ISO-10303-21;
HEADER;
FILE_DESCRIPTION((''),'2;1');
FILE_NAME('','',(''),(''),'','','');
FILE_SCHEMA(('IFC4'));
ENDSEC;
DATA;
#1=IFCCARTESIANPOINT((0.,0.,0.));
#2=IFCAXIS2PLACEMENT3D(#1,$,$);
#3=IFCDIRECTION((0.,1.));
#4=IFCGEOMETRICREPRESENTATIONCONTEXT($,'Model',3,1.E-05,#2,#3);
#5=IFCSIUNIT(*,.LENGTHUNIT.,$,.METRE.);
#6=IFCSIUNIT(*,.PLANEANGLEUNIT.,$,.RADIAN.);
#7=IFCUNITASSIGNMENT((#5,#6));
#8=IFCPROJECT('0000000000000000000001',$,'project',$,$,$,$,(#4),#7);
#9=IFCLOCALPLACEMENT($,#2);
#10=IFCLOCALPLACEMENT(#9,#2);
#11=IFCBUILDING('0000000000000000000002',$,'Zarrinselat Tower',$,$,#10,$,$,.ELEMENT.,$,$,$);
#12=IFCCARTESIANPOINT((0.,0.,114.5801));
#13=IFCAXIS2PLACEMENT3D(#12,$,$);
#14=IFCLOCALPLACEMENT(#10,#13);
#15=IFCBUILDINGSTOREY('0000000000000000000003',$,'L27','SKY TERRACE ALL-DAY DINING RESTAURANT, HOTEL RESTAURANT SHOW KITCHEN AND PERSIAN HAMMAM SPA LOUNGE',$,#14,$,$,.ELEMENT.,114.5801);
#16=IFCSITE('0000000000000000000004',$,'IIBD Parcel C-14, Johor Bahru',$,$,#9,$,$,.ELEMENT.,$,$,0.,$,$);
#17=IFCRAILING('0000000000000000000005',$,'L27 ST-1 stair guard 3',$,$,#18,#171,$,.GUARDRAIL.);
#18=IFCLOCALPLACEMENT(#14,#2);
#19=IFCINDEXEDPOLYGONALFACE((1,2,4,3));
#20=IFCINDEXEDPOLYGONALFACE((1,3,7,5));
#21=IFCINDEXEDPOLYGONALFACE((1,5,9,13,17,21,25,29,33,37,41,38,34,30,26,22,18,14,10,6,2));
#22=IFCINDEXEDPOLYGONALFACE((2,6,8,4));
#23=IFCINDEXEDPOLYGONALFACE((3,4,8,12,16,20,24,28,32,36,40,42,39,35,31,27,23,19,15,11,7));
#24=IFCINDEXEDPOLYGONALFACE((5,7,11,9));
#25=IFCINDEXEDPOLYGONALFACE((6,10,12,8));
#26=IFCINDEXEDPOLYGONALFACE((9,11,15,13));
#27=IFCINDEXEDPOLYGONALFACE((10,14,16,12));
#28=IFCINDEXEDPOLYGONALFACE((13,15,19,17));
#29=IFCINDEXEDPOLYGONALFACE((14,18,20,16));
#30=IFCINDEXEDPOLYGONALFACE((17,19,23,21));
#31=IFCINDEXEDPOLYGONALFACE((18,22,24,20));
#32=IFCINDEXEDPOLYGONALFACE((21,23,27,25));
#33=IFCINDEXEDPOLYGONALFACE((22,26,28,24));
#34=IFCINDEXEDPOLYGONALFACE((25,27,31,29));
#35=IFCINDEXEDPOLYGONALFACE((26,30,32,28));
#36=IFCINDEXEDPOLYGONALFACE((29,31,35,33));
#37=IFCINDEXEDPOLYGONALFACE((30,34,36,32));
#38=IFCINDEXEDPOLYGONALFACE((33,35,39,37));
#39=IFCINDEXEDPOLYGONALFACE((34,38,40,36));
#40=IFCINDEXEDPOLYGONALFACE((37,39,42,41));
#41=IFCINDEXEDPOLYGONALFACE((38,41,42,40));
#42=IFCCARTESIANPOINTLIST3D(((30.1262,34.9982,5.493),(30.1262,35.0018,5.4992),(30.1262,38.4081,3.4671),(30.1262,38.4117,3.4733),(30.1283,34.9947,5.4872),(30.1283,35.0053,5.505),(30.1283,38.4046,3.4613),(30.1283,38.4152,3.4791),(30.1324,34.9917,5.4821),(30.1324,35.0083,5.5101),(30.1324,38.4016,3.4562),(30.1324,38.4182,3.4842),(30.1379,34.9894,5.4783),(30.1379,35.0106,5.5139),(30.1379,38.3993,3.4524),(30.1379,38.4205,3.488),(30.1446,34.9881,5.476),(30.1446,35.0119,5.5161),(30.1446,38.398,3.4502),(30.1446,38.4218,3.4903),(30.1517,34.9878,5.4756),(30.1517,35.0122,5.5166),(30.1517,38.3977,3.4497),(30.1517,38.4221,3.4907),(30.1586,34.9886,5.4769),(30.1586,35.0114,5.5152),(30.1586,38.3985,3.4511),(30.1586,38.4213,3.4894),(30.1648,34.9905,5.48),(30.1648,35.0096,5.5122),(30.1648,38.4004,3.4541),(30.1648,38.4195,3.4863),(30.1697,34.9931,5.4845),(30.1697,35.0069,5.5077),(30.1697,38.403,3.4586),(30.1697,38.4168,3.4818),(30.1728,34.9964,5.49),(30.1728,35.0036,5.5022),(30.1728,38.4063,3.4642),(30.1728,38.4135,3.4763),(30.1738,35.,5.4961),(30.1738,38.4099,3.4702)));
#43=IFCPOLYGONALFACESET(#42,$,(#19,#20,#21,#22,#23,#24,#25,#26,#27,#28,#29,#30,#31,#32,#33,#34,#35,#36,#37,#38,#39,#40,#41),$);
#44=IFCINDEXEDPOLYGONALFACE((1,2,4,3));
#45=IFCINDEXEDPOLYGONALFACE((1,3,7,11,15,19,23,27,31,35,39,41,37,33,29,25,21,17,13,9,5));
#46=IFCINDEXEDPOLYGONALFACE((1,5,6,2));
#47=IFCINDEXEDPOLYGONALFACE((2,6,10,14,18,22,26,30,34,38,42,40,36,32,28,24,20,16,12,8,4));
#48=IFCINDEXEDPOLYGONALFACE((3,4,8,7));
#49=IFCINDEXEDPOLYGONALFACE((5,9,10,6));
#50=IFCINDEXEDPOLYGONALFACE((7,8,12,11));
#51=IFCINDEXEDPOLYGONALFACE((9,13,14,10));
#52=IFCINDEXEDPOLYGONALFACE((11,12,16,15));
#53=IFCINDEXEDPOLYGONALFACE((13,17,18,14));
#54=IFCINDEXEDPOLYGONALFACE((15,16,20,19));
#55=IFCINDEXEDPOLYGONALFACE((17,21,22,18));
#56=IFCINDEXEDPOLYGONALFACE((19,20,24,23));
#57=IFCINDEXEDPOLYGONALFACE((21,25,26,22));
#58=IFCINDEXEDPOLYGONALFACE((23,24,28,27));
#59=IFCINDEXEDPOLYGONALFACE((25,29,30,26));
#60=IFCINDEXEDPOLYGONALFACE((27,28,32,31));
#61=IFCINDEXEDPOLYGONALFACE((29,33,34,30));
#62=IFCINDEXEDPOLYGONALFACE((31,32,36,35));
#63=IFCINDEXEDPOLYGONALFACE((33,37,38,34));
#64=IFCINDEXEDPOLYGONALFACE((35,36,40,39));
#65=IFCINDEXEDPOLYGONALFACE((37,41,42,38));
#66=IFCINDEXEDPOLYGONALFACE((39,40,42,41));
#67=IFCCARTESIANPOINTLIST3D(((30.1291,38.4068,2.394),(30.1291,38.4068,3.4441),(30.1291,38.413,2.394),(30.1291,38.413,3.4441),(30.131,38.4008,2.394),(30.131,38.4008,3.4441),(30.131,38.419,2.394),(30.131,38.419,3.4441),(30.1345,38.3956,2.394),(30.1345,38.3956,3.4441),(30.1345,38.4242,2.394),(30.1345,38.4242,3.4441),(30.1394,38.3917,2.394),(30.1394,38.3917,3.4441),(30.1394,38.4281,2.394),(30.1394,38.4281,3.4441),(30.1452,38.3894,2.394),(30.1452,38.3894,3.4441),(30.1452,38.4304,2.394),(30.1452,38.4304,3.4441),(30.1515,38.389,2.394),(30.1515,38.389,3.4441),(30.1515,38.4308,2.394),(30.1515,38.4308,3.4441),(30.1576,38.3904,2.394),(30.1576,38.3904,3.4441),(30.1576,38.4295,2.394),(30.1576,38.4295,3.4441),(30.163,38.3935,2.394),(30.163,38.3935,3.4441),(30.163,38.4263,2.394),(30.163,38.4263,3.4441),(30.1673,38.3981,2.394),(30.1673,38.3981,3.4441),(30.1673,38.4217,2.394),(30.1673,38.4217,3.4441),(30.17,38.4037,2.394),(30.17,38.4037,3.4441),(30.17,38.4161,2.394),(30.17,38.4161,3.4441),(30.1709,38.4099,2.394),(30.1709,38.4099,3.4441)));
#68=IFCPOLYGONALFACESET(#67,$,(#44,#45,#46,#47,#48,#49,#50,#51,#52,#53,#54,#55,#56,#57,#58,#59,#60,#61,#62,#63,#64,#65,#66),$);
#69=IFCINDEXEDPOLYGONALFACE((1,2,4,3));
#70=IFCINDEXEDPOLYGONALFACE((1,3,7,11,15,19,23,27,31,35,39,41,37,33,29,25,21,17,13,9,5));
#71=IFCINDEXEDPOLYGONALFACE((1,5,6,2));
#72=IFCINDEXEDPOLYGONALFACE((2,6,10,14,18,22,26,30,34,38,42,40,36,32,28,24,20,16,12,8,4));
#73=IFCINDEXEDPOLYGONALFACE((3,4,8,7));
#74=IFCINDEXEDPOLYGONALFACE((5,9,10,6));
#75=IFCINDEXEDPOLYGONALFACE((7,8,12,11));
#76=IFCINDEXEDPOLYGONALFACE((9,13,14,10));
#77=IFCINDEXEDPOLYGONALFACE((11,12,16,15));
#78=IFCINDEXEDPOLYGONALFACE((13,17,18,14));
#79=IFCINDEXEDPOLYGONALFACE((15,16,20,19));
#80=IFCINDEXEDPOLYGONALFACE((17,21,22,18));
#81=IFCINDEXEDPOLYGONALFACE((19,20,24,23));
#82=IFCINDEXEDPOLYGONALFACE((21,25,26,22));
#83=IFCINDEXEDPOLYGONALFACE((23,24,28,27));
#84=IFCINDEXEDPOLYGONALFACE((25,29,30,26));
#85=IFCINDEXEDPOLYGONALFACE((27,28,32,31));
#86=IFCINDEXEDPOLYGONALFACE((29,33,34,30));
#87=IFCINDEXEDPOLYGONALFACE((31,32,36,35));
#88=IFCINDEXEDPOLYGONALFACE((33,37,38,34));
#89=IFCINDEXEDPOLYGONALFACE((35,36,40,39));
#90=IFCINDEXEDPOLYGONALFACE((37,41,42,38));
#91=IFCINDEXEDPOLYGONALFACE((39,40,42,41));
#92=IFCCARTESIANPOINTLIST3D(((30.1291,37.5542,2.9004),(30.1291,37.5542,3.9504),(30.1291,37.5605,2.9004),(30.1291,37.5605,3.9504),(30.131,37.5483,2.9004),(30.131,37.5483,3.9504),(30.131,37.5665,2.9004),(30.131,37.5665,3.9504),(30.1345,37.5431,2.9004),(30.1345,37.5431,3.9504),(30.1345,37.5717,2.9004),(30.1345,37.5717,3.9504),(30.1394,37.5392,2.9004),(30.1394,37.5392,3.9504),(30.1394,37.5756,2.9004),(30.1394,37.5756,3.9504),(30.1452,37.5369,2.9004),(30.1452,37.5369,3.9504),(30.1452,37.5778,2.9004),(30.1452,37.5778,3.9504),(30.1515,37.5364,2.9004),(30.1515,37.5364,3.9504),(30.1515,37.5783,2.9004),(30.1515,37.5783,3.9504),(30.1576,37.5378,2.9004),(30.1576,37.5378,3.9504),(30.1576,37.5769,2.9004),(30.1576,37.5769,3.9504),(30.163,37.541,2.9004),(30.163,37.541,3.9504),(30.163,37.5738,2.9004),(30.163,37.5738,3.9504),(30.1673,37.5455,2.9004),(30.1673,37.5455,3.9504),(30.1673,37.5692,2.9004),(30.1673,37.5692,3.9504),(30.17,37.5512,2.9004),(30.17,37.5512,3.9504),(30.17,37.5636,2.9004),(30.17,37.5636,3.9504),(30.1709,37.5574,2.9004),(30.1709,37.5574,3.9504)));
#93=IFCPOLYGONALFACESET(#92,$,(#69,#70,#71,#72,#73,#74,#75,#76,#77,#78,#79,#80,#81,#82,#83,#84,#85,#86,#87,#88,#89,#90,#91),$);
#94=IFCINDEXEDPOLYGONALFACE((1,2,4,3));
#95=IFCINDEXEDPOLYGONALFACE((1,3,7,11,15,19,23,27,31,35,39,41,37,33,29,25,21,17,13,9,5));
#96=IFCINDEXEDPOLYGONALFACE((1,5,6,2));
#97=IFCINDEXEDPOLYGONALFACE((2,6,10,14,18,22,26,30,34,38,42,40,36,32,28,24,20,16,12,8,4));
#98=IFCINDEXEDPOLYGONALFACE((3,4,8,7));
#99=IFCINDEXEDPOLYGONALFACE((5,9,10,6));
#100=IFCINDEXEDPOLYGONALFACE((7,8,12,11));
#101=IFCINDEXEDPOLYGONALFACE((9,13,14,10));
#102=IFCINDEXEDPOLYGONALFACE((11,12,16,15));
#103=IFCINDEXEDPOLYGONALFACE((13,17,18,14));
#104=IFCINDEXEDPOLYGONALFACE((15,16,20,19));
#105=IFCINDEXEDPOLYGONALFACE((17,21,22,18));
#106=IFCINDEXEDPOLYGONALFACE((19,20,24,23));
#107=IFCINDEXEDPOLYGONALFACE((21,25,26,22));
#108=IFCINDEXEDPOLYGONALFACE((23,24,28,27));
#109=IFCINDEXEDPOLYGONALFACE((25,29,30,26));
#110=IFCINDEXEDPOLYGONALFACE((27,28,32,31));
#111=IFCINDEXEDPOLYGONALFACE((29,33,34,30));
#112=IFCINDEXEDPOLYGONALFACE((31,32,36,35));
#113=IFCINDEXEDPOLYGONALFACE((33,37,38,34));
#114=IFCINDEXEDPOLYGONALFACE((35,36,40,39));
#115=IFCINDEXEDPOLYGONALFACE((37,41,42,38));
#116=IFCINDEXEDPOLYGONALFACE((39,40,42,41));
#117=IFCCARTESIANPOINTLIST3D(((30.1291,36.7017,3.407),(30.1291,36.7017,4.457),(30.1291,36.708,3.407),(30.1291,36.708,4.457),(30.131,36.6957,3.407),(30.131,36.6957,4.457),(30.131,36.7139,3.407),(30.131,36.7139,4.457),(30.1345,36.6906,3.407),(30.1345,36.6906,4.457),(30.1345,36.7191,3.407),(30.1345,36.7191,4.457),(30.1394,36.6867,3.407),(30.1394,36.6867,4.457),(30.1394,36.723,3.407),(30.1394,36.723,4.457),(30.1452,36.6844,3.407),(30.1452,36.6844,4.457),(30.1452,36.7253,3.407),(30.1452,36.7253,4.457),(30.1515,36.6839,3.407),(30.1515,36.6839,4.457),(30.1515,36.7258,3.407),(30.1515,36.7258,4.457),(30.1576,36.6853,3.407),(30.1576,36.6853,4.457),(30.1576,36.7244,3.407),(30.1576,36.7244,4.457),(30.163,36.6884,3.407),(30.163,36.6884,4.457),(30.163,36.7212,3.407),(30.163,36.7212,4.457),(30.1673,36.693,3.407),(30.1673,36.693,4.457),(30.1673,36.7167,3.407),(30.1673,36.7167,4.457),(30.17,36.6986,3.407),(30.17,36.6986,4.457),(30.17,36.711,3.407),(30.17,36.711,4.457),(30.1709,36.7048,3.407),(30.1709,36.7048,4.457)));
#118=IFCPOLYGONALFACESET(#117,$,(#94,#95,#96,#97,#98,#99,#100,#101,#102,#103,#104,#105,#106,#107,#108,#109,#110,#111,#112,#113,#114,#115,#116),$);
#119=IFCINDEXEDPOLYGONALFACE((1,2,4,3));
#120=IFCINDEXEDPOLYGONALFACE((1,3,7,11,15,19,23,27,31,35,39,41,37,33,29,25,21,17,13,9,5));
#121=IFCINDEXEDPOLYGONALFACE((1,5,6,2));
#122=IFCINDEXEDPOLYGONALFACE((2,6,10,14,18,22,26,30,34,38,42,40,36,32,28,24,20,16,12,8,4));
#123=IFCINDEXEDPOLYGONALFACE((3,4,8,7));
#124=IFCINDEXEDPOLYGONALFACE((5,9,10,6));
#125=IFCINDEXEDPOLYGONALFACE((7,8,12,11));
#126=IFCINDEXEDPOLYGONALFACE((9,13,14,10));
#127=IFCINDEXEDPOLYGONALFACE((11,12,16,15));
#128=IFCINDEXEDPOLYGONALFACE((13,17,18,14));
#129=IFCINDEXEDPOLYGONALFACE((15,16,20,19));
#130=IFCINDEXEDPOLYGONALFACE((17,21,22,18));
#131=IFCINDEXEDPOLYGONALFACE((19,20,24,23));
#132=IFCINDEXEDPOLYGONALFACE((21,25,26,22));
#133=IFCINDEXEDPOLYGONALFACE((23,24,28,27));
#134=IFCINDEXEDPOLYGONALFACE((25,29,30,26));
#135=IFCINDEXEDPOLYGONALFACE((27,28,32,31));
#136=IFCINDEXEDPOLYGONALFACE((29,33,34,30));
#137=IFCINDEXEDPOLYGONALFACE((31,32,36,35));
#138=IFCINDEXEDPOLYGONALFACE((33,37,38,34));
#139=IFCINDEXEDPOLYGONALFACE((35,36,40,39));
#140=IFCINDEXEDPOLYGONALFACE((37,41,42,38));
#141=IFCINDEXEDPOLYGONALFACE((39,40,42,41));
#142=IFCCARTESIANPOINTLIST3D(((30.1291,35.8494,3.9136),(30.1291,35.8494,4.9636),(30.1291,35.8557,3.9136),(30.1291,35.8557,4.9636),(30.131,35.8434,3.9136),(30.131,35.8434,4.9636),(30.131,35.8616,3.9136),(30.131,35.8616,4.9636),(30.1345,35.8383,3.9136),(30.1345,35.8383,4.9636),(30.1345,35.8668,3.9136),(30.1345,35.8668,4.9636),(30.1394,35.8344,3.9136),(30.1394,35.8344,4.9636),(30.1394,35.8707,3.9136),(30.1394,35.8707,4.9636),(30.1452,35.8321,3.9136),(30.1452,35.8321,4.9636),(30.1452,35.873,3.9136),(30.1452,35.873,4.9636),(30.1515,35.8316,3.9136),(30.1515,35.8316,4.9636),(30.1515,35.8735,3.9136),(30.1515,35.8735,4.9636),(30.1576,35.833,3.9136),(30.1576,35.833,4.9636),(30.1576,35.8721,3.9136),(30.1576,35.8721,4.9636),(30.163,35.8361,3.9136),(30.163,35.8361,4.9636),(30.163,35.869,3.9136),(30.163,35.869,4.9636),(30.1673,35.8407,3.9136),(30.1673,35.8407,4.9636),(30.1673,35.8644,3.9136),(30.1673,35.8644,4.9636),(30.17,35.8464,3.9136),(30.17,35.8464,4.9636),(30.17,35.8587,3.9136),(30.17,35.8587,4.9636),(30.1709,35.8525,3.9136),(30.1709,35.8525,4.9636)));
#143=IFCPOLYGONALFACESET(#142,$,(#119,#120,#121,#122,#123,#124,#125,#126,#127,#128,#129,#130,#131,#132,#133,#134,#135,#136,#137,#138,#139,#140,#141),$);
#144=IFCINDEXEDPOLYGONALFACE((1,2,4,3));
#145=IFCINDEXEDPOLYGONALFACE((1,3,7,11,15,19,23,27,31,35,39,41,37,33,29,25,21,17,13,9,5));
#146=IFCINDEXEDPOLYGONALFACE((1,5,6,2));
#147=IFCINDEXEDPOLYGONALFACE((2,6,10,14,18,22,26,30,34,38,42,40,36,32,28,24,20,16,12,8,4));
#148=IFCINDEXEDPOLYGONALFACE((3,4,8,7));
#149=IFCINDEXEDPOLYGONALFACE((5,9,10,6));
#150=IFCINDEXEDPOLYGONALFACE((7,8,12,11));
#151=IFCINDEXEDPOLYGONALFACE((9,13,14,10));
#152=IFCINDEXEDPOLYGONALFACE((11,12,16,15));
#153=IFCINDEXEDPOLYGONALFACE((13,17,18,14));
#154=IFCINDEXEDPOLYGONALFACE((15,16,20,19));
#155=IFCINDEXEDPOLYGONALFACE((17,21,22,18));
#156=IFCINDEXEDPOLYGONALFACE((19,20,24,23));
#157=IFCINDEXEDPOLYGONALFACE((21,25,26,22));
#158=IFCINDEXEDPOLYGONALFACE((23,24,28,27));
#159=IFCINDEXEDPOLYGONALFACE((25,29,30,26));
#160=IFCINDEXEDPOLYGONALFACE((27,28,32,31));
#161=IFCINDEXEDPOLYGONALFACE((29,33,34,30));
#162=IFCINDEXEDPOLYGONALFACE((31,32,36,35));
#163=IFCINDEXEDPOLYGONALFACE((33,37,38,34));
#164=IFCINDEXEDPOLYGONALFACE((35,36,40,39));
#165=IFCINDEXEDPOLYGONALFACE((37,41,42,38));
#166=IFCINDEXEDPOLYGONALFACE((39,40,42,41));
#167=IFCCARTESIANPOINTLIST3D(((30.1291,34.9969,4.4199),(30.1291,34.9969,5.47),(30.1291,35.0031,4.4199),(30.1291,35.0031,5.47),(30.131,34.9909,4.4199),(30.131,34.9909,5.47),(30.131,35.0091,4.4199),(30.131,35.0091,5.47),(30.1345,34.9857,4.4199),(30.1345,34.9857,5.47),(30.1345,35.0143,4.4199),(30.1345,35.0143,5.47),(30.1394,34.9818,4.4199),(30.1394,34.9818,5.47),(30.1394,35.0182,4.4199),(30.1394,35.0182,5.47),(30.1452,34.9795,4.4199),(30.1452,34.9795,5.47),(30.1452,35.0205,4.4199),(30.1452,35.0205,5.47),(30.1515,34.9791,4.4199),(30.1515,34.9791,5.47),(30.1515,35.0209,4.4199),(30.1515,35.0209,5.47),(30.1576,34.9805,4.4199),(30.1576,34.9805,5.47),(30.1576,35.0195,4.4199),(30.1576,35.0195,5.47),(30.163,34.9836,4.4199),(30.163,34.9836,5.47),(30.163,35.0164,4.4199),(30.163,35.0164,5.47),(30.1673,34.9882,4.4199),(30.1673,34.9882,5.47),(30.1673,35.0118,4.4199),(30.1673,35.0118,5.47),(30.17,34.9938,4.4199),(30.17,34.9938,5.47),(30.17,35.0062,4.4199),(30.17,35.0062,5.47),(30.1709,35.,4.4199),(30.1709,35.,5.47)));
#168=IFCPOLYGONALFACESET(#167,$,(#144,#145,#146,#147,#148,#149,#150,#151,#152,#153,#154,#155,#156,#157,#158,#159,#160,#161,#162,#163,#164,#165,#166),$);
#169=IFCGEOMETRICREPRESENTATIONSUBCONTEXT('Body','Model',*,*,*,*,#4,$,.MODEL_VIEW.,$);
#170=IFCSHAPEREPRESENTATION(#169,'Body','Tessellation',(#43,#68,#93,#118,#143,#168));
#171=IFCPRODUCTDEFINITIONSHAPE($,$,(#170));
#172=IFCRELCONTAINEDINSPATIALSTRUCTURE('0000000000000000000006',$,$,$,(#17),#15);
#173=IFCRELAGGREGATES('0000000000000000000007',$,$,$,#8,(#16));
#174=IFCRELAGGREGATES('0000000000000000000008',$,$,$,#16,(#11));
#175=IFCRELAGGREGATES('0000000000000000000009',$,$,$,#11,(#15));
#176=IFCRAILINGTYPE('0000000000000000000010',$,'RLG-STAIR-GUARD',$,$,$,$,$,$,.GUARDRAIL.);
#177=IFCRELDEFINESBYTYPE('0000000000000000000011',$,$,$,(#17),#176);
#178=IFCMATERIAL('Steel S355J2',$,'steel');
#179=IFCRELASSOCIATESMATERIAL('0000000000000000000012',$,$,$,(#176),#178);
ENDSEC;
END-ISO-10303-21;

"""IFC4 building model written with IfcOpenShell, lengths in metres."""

from ifc_helpers import new_model, si_unit, direction, frame, origin, origin_2d, place, context, subcontext, project, spatial, circle, extrude, material, type_object, element, save


model = new_model("IFC4")

# Units and contexts
model_context = context("Model", 3, precision=1e-05, world=origin(), true_north=direction((0.0, 1.0)))
body_context = subcontext(model_context, "Body", "Model", "MODEL_VIEW")
ifc_project = project(units=[si_unit("LENGTHUNIT", "METRE"), si_unit("PLANEANGLEUNIT", "RADIAN")], contexts=[model_context])

# Site, building, storey
site_placement = place(None, origin())
site = spatial("IfcSite", under=ifc_project, at=site_placement, Name="IIBD Parcel C-14, Johor Bahru", CompositionType="ELEMENT", RefElevation=0.0)
building_placement = place(site_placement, origin())
building = spatial("IfcBuilding", under=site, at=building_placement, Name="Zarrinselat Tower", CompositionType="ELEMENT")
storey_placement = place(building_placement, frame((0.0, 0.0, 114.5801)))
storey = spatial("IfcBuildingStorey", under=building, at=storey_placement, Name="L27", Description="SKY TERRACE ALL-DAY DINING RESTAURANT, HOTEL RESTAURANT SHOW KITCHEN AND PERSIAN HAMMAM SPA LOUNGE", CompositionType="ELEMENT", Elevation=114.5801)

# Railing
ifc_material_1 = material(Name="Steel S355J2", Category="steel")
railing_type_1 = type_object("IfcRailingType", Name="RLG-STAIR-GUARD", PredefinedType="GUARDRAIL", material=ifc_material_1)
railing_1_placement = place(storey_placement, frame((30.1499, 38.4099, 2.394)))
element("IfcRailing", 1, at=railing_1_placement, inside=storey, type_object=railing_type_1, Name="L27 ST-1 stair guard 3", PredefinedType="GUARDRAIL", context=body_context, shape_type="SweptSolid", body=[
    extrude(circle(Radius=0.0239, at=origin_2d()), frame((0.0, 0.0, 1.0762), z_axis=(0.0, -0.859717, 0.510771), x_axis=(1.0, 0.0, 0.0)), (0.0, 0.0, 1.0), 3.9663),
    extrude(circle(Radius=0.021, at=origin_2d()), origin(), (0.0, 0.0, 1.0), 1.05),
    extrude(circle(Radius=0.021, at=origin_2d()), frame((0.0, -0.8525, 0.5063)), (0.0, 0.0, 1.0), 1.05),
    extrude(circle(Radius=0.021, at=origin_2d()), frame((0.0, -1.7051, 1.0129)), (0.0, 0.0, 1.0), 1.05),
    extrude(circle(Radius=0.021, at=origin_2d()), frame((0.0, -2.5574, 1.5195)), (0.0, 0.0, 1.0), 1.05),
    extrude(circle(Radius=0.021, at=origin_2d()), frame((0.0, -3.4099, 2.0259)), (0.0, 0.0, 1.0), 1.05),
])

save(model, "model.ifc")
